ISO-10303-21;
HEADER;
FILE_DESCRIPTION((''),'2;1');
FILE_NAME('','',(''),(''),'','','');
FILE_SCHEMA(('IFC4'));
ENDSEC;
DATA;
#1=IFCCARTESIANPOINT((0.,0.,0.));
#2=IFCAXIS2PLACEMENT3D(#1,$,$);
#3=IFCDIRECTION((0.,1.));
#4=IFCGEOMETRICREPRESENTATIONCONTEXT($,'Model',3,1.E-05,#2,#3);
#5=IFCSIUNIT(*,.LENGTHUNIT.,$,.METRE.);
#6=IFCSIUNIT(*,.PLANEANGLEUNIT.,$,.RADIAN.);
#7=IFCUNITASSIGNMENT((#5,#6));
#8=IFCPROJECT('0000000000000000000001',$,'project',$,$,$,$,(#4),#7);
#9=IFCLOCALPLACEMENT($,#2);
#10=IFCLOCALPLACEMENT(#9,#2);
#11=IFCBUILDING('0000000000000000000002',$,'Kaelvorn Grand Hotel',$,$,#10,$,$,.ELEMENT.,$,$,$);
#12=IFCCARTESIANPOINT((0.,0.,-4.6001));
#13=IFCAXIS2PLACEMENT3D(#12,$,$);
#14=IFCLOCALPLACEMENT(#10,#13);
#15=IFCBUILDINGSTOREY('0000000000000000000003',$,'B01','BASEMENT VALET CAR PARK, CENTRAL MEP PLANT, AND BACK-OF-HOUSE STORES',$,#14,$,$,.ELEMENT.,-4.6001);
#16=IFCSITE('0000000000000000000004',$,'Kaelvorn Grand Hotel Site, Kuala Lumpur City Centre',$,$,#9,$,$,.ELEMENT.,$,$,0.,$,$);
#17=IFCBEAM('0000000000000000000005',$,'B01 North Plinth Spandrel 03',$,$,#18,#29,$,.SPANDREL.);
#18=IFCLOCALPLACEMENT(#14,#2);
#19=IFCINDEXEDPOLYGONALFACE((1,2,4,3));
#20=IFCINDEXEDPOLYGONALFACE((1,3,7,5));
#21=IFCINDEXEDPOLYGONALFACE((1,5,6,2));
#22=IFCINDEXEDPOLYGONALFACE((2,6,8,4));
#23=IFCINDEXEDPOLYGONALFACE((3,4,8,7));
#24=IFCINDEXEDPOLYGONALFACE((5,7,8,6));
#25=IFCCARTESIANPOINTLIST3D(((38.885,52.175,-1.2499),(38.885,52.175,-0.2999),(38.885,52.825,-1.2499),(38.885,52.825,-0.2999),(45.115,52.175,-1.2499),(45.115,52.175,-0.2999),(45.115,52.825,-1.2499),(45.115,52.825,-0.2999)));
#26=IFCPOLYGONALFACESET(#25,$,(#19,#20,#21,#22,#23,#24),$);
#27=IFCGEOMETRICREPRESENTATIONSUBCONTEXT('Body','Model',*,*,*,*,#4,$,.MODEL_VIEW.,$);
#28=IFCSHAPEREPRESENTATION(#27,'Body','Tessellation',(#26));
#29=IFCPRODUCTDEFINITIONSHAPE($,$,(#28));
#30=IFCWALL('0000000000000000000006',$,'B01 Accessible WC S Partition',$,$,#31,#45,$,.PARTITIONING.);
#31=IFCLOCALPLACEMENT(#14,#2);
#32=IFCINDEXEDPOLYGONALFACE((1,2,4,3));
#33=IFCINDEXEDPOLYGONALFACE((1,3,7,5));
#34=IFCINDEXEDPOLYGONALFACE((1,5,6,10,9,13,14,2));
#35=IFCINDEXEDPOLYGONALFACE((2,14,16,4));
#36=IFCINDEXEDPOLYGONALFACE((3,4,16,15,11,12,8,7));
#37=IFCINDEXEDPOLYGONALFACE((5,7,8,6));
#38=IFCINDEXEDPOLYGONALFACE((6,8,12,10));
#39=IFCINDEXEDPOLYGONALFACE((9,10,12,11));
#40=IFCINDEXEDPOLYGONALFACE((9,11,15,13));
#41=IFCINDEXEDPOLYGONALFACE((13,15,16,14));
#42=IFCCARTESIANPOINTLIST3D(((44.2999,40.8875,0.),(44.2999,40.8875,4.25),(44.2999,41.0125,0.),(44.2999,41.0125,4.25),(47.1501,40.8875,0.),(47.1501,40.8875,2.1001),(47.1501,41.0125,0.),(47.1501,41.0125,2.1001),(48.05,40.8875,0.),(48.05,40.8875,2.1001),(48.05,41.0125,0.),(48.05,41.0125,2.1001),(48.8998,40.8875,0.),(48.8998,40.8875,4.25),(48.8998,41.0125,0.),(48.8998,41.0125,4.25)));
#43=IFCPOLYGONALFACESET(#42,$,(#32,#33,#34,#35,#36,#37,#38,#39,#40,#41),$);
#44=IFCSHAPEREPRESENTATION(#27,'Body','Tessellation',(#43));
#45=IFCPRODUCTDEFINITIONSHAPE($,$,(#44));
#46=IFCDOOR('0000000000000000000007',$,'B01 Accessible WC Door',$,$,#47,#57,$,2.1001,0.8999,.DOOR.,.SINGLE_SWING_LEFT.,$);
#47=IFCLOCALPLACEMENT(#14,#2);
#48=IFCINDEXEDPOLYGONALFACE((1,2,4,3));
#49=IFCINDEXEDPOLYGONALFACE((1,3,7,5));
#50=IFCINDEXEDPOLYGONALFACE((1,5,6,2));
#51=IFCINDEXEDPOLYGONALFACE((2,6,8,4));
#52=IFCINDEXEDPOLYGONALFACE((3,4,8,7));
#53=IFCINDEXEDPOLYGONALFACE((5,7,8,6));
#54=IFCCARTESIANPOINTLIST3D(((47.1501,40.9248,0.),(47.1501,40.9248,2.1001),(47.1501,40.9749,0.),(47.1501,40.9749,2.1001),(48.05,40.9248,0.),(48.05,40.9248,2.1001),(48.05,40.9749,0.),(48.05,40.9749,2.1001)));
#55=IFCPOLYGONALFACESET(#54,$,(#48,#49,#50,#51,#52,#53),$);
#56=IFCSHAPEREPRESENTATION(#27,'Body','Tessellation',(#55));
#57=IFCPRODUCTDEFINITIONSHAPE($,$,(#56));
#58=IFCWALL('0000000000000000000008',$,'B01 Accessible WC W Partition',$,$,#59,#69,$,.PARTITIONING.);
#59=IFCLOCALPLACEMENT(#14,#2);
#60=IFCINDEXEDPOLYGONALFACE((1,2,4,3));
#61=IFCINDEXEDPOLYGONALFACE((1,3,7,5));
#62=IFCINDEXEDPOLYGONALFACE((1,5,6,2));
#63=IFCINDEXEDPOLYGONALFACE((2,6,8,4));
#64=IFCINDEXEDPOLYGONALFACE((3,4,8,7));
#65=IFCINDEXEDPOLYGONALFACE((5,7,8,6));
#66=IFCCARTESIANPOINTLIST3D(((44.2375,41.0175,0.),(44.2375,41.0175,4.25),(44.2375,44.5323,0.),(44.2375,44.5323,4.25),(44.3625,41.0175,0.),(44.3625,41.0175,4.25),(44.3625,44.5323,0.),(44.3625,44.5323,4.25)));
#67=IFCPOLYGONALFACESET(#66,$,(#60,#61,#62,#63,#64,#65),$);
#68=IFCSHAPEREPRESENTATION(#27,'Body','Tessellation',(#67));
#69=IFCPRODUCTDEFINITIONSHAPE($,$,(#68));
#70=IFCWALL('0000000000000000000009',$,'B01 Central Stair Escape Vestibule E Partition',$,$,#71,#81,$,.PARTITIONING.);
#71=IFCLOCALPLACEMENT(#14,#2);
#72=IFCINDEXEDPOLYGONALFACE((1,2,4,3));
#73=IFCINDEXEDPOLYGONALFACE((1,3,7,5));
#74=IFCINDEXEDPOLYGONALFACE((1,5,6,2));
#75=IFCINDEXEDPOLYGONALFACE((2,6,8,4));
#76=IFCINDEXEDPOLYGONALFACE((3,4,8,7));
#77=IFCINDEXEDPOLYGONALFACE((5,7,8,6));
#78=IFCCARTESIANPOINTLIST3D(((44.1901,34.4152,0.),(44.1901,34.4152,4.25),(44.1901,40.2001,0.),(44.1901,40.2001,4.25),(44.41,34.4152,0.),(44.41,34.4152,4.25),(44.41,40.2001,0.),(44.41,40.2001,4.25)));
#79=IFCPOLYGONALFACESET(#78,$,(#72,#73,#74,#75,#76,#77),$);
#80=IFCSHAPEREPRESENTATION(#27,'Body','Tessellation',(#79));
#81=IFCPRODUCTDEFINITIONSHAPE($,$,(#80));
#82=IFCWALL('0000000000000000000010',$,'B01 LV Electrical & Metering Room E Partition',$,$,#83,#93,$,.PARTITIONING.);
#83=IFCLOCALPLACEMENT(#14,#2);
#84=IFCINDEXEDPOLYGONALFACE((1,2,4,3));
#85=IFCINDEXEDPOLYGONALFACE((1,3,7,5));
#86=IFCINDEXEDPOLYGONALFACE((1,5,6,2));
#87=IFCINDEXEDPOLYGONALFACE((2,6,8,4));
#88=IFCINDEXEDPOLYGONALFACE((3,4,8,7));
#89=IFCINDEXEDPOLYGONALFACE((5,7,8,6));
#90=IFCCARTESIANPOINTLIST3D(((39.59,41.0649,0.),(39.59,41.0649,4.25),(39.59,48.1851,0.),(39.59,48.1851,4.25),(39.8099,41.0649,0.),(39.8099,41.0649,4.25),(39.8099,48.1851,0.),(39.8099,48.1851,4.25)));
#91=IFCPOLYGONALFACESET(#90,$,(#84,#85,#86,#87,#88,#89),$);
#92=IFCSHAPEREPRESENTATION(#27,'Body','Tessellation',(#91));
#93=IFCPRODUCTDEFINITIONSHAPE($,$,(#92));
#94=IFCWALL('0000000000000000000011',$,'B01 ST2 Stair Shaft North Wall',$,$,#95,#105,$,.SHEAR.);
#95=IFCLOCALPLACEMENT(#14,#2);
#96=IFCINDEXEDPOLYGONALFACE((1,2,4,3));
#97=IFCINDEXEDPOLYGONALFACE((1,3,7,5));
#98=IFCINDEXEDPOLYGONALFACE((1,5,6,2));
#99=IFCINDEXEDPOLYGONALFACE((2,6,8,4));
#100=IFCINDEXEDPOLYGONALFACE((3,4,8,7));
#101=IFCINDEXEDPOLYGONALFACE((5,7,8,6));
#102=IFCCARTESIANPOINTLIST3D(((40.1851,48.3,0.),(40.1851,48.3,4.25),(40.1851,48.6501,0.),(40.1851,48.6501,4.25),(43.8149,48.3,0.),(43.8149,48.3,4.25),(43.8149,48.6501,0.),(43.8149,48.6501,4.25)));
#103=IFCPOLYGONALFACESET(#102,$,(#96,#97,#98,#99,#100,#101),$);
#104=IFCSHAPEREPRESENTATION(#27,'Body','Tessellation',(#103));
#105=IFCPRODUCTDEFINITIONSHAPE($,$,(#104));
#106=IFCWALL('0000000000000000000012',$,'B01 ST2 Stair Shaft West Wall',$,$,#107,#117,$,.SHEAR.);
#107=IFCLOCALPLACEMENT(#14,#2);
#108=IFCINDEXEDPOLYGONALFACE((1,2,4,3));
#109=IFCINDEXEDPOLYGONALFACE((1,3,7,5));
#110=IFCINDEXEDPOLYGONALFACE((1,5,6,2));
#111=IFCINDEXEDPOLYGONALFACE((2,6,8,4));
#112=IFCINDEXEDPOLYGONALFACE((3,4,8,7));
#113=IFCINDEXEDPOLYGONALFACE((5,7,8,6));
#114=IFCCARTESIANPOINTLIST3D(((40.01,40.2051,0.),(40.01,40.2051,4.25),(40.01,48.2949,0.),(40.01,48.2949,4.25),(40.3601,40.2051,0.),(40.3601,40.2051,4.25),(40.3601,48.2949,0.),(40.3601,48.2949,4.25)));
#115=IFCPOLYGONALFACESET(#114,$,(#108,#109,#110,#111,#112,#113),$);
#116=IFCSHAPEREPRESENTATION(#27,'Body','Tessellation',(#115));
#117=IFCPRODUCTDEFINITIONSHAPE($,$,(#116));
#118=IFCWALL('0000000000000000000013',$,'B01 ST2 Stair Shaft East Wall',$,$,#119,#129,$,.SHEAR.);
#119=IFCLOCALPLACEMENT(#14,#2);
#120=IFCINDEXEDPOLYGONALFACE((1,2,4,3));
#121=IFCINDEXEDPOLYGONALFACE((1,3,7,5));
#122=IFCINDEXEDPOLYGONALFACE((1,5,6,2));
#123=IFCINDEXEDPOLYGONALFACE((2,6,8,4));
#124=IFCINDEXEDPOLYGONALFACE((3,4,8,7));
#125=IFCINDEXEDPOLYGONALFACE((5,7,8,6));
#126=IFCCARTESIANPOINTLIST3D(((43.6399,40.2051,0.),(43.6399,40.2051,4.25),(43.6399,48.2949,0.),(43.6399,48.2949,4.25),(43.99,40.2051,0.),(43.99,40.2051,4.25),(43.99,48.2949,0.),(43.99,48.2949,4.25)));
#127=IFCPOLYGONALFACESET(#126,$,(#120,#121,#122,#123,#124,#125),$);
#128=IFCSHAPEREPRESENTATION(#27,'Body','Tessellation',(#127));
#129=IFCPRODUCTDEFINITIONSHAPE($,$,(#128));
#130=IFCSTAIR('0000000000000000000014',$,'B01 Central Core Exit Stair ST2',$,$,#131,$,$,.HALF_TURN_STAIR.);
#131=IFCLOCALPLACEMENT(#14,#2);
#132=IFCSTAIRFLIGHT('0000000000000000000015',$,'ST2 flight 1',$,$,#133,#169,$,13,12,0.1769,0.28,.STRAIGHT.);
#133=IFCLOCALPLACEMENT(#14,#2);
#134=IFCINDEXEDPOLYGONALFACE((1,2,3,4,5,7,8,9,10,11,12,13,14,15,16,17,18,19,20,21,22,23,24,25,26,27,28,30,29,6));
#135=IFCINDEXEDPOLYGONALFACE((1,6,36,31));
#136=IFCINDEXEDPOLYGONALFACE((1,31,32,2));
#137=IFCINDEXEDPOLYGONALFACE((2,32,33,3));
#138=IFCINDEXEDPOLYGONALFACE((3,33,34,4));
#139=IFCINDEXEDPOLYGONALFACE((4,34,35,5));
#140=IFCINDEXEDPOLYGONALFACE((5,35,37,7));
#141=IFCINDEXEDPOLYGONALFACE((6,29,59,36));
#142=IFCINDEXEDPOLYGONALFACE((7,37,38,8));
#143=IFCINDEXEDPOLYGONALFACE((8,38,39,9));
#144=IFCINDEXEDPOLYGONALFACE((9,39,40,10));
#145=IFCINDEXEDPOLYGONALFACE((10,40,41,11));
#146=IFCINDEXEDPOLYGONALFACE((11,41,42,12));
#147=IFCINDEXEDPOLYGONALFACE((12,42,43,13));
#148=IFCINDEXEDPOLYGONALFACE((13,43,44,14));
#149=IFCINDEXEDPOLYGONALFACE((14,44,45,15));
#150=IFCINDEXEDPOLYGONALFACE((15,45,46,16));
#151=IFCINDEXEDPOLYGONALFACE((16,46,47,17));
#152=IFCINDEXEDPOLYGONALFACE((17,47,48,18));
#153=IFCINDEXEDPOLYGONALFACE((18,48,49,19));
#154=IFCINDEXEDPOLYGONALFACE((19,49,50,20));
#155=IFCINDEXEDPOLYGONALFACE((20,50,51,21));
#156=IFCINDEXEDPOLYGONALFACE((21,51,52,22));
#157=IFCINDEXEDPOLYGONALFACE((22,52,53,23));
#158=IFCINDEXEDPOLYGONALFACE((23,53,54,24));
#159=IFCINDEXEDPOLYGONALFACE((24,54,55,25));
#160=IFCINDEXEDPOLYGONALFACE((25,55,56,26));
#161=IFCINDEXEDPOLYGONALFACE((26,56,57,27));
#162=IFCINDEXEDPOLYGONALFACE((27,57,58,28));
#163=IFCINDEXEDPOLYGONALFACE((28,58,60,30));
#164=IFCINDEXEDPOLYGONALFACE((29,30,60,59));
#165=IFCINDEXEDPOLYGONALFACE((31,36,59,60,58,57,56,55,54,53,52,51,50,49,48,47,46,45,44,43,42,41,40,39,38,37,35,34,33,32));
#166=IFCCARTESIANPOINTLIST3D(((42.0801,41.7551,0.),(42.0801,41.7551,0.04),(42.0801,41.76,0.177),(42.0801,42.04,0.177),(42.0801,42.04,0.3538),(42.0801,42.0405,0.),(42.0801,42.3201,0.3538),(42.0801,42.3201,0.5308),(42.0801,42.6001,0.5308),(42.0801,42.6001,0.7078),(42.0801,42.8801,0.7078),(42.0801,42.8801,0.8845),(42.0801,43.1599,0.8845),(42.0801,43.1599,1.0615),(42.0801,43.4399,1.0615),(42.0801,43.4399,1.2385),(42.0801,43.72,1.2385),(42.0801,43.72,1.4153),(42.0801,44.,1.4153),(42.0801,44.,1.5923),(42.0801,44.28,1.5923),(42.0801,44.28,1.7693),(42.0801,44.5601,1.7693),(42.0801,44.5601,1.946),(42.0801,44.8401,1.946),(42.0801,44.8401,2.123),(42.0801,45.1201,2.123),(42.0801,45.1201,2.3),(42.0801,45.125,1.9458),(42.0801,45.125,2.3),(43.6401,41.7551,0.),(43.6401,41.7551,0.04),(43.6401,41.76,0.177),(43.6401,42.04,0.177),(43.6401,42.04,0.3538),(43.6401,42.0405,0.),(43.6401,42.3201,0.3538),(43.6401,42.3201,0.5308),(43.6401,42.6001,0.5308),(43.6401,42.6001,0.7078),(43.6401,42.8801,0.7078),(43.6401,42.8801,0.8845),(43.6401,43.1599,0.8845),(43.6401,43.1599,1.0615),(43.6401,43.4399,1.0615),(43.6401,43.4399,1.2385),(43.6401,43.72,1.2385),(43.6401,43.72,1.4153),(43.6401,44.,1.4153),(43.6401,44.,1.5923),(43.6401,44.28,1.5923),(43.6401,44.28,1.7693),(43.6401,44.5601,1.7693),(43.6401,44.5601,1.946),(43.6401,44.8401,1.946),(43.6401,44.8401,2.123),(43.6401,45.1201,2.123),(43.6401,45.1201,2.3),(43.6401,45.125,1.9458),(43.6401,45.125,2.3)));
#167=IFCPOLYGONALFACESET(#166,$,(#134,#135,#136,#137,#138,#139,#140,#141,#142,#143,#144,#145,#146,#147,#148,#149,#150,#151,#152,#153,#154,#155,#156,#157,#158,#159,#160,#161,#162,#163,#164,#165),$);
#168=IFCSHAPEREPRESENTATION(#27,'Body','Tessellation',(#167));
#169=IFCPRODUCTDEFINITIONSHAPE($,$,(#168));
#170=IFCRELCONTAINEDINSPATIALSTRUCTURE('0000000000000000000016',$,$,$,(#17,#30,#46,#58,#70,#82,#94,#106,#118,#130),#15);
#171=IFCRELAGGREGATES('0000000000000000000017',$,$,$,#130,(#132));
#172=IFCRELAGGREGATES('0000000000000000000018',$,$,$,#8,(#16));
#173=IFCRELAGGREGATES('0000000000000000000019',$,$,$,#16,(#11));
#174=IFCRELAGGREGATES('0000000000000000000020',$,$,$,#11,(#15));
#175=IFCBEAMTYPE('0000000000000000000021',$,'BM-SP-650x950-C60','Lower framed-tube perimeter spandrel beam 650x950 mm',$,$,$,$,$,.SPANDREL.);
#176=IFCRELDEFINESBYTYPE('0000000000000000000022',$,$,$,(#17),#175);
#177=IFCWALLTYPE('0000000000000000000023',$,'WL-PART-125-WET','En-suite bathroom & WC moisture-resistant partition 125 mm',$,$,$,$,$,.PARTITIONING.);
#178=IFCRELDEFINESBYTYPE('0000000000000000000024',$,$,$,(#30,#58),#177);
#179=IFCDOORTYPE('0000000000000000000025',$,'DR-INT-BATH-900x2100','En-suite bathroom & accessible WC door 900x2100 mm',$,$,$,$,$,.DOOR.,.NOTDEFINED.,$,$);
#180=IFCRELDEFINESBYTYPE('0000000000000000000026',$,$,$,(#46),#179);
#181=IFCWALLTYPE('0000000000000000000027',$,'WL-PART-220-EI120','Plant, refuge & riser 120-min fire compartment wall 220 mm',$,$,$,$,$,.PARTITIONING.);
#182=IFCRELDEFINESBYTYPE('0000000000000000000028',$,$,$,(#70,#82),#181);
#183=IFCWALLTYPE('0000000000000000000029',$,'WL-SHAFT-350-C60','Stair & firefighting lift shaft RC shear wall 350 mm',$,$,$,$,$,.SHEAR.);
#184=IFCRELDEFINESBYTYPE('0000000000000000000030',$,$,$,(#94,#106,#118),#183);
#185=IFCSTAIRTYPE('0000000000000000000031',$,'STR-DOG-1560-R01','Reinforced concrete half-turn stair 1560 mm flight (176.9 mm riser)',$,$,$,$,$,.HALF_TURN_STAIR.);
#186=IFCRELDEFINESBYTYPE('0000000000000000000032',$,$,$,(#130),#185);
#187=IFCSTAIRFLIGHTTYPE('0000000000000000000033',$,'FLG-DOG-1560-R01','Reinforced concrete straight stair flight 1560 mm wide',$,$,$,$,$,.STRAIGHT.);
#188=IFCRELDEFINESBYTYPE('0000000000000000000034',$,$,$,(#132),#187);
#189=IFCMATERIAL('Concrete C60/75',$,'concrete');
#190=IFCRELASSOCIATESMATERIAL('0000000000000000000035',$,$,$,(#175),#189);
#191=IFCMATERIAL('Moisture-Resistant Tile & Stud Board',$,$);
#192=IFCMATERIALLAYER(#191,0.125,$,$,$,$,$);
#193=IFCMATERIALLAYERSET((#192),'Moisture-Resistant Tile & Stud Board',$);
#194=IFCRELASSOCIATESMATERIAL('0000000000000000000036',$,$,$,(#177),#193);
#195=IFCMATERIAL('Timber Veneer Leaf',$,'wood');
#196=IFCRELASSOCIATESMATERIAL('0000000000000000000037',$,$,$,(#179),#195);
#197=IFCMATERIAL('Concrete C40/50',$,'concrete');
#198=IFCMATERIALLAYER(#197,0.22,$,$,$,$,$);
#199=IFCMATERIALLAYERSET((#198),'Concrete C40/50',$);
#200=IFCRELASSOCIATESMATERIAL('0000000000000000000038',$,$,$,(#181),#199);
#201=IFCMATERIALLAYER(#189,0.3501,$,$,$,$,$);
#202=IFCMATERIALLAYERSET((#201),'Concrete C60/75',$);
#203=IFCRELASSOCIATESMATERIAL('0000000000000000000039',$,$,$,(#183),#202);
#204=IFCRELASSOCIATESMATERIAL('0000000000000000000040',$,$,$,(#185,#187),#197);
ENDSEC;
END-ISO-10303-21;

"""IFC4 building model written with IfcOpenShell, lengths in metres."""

from ifc_helpers import new_model, si_unit, direction, frame, frame_2d, origin, origin_2d, place, context, subcontext, project, spatial, polyline, rectangle, outline, extrude, material, layer, layer_set, material_profile, profile_set, type_object, element, fill, aggregate, save


model = new_model("IFC4")

# Units and contexts
model_context = context("Model", 3, precision=1e-05, world=origin(), true_north=direction((0.0, 1.0)))
body_context = subcontext(model_context, "Body", "Model", "MODEL_VIEW")
ifc_project = project(units=[si_unit("LENGTHUNIT", "METRE"), si_unit("PLANEANGLEUNIT", "RADIAN")], contexts=[model_context])

# Site, building, storey
site_placement = place(None, origin())
site = spatial("IfcSite", under=ifc_project, at=site_placement, Name="Kaelvorn Grand Hotel Site, Kuala Lumpur City Centre", CompositionType="ELEMENT", RefElevation=0.0)
building_placement = place(site_placement, origin())
building = spatial("IfcBuilding", under=site, at=building_placement, Name="Kaelvorn Grand Hotel", CompositionType="ELEMENT")
storey_placement = place(building_placement, frame((0.0, 0.0, -4.6001)))
storey = spatial("IfcBuildingStorey", under=building, at=storey_placement, Name="B01", Description="BASEMENT VALET CAR PARK, CENTRAL MEP PLANT, AND BACK-OF-HOUSE STORES", CompositionType="ELEMENT", Elevation=-4.6001)

# Beam
ifc_material_1 = material(Name="Concrete C60/75", Category="concrete")
ifc_material_profile = material_profile(ifc_material_1, rectangle(XDim=0.6499, YDim=0.95, at=origin_2d()), Name="RC SPANDREL 650x950")
ifc_profile_set = profile_set([ifc_material_profile], Name="Concrete C60/75")
beam_type = type_object("IfcBeamType", Name="BM-SP-650x950-C60", Description="Lower framed-tube perimeter spandrel beam 650x950 mm", PredefinedType="SPANDREL", material=ifc_profile_set)
beam_placement = place(storey_placement, frame((38.885, 52.5, -0.7749), z_axis=(1.0, 0.0, 0.0), x_axis=(0.0, 1.0, 0.0)))
element("IfcBeam", 1, at=beam_placement, inside=storey, type_object=beam_type, Name="B01 North Plinth Spandrel 03", PredefinedType="SPANDREL", context=body_context, shape_type="SweptSolid", body=[
    extrude(rectangle(XDim=0.6499, YDim=0.95, at=origin_2d()), origin(), (0.0, 0.0, 1.0), 6.23),
])

# Wall, opening, door
ifc_material_2 = material(Name="Moisture-Resistant Tile & Stud Board")
ifc_layer_1 = layer(ifc_material_2, 0.125)
ifc_layer_set_1 = layer_set([ifc_layer_1], Name="Moisture-Resistant Tile & Stud Board")
wall_type_1 = type_object("IfcWallType", Name="WL-PART-125-WET", Description="En-suite bathroom & WC moisture-resistant partition 125 mm", PredefinedType="PARTITIONING", material=ifc_layer_set_1)
wall_1_placement = place(storey_placement, frame((44.3, 40.95, 0.0), z_axis=(0.0, 0.0, 1.0), x_axis=(1.0, 0.0, 0.0)))
wall_1 = element("IfcWall", 2, at=wall_1_placement, inside=storey, type_object=wall_type_1, Name="B01 Accessible WC S Partition", PredefinedType="PARTITIONING", context=body_context, shape_type="SweptSolid", body=[
    extrude(rectangle(XDim=4.5999, YDim=0.125, at=frame_2d((2.2998, 0.0))), origin(), (0.0, 0.0, 1.0), 4.25),
])
opening_1_placement = place(wall_1_placement, frame((2.8501, 0.0, 0.0)))
opening_1 = element("IfcOpeningElement", 3, at=opening_1_placement, cuts=wall_1, PredefinedType="OPENING", context=body_context, shape_type="SweptSolid", body=[
    extrude(rectangle(XDim=0.8999, YDim=2.1001, at=frame_2d((0.45, 1.05))), frame((0.0, 0.0725, 0.0), z_axis=(0.0, -1.0, 0.0), x_axis=(1.0, 0.0, 0.0)), (0.0, 0.0, 1.0), 0.145),
])
ifc_material_3 = material(Name="Timber Veneer Leaf", Category="wood")
door_type_1 = type_object("IfcDoorType", Name="DR-INT-BATH-900x2100", Description="En-suite bathroom & accessible WC door 900x2100 mm", OperationType="NOTDEFINED", PredefinedType="DOOR", material=ifc_material_3)
door_1_placement = place(opening_1_placement, origin())
door_1 = element("IfcDoor", 4, at=door_1_placement, inside=storey, type_object=door_type_1, Name="B01 Accessible WC Door", OperationType="SINGLE_SWING_LEFT", OverallHeight=2.1001, OverallWidth=0.8999, PredefinedType="DOOR", context=body_context, shape_type="SweptSolid", body=[
    extrude(rectangle(XDim=0.8999, YDim=2.1001, at=frame_2d((0.45, 1.05))), frame((0.0, 0.0249, 0.0), z_axis=(0.0, -1.0, 0.0), x_axis=(1.0, 0.0, 0.0)), (0.0, 0.0, 1.0), 0.05),
])
fill(opening_1, door_1)

# Walls
wall_2_placement = place(storey_placement, frame((44.3, 41.0176, 0.0), z_axis=(0.0, 0.0, 1.0), x_axis=(0.0, 1.0, 0.0)))
element("IfcWall", 5, at=wall_2_placement, inside=storey, type_object=wall_type_1, Name="B01 Accessible WC W Partition", PredefinedType="PARTITIONING", context=body_context, shape_type="SweptSolid", body=[
    extrude(rectangle(XDim=3.5149, YDim=0.125, at=frame_2d((1.7573, 0.0))), origin(), (0.0, 0.0, 1.0), 4.25),
])
ifc_material_4 = material(Name="Concrete C40/50", Category="concrete")
ifc_layer_2 = layer(ifc_material_4, 0.22)
ifc_layer_set_2 = layer_set([ifc_layer_2], Name="Concrete C40/50")
wall_type_2 = type_object("IfcWallType", Name="WL-PART-220-EI120", Description="Plant, refuge & riser 120-min fire compartment wall 220 mm", PredefinedType="PARTITIONING", material=ifc_layer_set_2)
wall_3_placement = place(storey_placement, frame((44.3, 34.415, 0.0), z_axis=(0.0, 0.0, 1.0), x_axis=(0.0, 1.0, 0.0)))
element("IfcWall", 6, at=wall_3_placement, inside=storey, type_object=wall_type_2, Name="B01 Central Stair Escape Vestibule E Partition", PredefinedType="PARTITIONING", context=body_context, shape_type="SweptSolid", body=[
    extrude(rectangle(XDim=5.7849, YDim=0.22, at=frame_2d((2.8926, 0.0))), origin(), (0.0, 0.0, 1.0), 4.25),
])
wall_4_placement = place(storey_placement, frame((39.7, 41.0649, 0.0), z_axis=(0.0, 0.0, 1.0), x_axis=(0.0, 1.0, 0.0)))
element("IfcWall", 7, at=wall_4_placement, inside=storey, type_object=wall_type_2, Name="B01 LV Electrical & Metering Room E Partition", PredefinedType="PARTITIONING", context=body_context, shape_type="SweptSolid", body=[
    extrude(rectangle(XDim=7.1201, YDim=0.22, at=frame_2d((3.5601, 0.0))), origin(), (0.0, 0.0, 1.0), 4.25),
])

# Shared definitions
ifc_layer_3 = layer(ifc_material_1, 0.3501)
ifc_layer_set_3 = layer_set([ifc_layer_3], Name="Concrete C60/75")
wall_type_3 = type_object("IfcWallType", Name="WL-SHAFT-350-C60", Description="Stair & firefighting lift shaft RC shear wall 350 mm", PredefinedType="SHEAR", material=ifc_layer_set_3)

# Walls
wall_5_placement = place(storey_placement, frame((40.1851, 48.4751, 0.0), z_axis=(0.0, 0.0, 1.0), x_axis=(1.0, 0.0, 0.0)))
element("IfcWall", 8, at=wall_5_placement, inside=storey, type_object=wall_type_3, Name="B01 ST2 Stair Shaft North Wall", PredefinedType="SHEAR", context=body_context, shape_type="SweptSolid", body=[
    extrude(rectangle(XDim=3.6299, YDim=0.3501, at=frame_2d((1.8149, 0.0))), origin(), (0.0, 0.0, 1.0), 4.25),
])
for number, where, z_axis, x_axis, name in (
    (9, (40.1851, 40.2051, 0.0), (0.0, 0.0, 1.0), (0.0, 1.0, 0.0), "B01 ST2 Stair Shaft West Wall"),
    (10, (43.8149, 40.2051, 0.0), (0.0, 0.0, 1.0), (0.0, 1.0, 0.0), "B01 ST2 Stair Shaft East Wall"),
):
    element("IfcWall", number, at=place(storey_placement, frame(where, z_axis=z_axis, x_axis=x_axis)), inside=storey, type_object=wall_type_3, Name=name, PredefinedType="SHEAR", context=body_context, shape_type="SweptSolid", body=[
        extrude(rectangle(XDim=8.0898, YDim=0.3501, at=frame_2d((4.0449, 0.0))), origin(), (0.0, 0.0, 1.0), 4.25),
    ])

# Stair, stair flight
stair_type = type_object("IfcStairType", Name="STR-DOG-1560-R01", Description="Reinforced concrete half-turn stair 1560 mm flight (176.9 mm riser)", PredefinedType="HALF_TURN_STAIR", material=ifc_material_4)
stair_placement = place(storey_placement, origin())
stair = element("IfcStair", 11, at=stair_placement, inside=storey, type_object=stair_type, Name="B01 Central Core Exit Stair ST2", PredefinedType="HALF_TURN_STAIR")
stair_flight_type = type_object("IfcStairFlightType", Name="FLG-DOG-1560-R01", Description="Reinforced concrete straight stair flight 1560 mm wide", PredefinedType="STRAIGHT", material=ifc_material_4)
stair_flight_1_placement = place(storey_placement, frame((42.8601, 41.76, 0.0), z_axis=(0.0, 0.0, 1.0), x_axis=(0.0, 1.0, 0.0)))
stair_flight_1 = element("IfcStairFlight", 12, at=stair_flight_1_placement, type_object=stair_flight_type, Name="ST2 flight 1", NumberOfRisers=13, NumberOfTreads=12, PredefinedType="STRAIGHT", RiserHeight=0.1769, TreadLength=0.28, context=body_context, shape_type="SweptSolid", body=[
    extrude(outline(polyline([(-0.0049, 0.0), (-0.0049, 0.04), (0.0, 0.177), (0.28, 0.177), (0.28, 0.3538), (0.5601, 0.3538), (0.5601, 0.5308), (0.8401, 0.5308), (0.8401, 0.7078), (1.1201, 0.7078), (1.1201, 0.8845), (1.3999, 0.8845), (1.3999, 1.0615), (1.6799, 1.0615), (1.6799, 1.2385), (1.96, 1.2385), (1.96, 1.4153), (2.24, 1.4153), (2.24, 1.5923), (2.52, 1.5923), (2.52, 1.7693), (2.8, 1.7693), (2.8, 1.946), (3.0801, 1.946), (3.0801, 2.123), (3.3601, 2.123), (3.3601, 2.3), (3.365, 2.3), (3.365, 1.9458), (0.2805, 0.0), (-0.0049, 0.0)])), frame((0.0, 0.78, 0.0), z_axis=(0.0, -1.0, 0.0), x_axis=(1.0, 0.0, 0.0)), (0.0, 0.0, 1.0), 1.5601),
])
aggregate(stair, [stair_flight_1])

save(model, "model.ifc")
